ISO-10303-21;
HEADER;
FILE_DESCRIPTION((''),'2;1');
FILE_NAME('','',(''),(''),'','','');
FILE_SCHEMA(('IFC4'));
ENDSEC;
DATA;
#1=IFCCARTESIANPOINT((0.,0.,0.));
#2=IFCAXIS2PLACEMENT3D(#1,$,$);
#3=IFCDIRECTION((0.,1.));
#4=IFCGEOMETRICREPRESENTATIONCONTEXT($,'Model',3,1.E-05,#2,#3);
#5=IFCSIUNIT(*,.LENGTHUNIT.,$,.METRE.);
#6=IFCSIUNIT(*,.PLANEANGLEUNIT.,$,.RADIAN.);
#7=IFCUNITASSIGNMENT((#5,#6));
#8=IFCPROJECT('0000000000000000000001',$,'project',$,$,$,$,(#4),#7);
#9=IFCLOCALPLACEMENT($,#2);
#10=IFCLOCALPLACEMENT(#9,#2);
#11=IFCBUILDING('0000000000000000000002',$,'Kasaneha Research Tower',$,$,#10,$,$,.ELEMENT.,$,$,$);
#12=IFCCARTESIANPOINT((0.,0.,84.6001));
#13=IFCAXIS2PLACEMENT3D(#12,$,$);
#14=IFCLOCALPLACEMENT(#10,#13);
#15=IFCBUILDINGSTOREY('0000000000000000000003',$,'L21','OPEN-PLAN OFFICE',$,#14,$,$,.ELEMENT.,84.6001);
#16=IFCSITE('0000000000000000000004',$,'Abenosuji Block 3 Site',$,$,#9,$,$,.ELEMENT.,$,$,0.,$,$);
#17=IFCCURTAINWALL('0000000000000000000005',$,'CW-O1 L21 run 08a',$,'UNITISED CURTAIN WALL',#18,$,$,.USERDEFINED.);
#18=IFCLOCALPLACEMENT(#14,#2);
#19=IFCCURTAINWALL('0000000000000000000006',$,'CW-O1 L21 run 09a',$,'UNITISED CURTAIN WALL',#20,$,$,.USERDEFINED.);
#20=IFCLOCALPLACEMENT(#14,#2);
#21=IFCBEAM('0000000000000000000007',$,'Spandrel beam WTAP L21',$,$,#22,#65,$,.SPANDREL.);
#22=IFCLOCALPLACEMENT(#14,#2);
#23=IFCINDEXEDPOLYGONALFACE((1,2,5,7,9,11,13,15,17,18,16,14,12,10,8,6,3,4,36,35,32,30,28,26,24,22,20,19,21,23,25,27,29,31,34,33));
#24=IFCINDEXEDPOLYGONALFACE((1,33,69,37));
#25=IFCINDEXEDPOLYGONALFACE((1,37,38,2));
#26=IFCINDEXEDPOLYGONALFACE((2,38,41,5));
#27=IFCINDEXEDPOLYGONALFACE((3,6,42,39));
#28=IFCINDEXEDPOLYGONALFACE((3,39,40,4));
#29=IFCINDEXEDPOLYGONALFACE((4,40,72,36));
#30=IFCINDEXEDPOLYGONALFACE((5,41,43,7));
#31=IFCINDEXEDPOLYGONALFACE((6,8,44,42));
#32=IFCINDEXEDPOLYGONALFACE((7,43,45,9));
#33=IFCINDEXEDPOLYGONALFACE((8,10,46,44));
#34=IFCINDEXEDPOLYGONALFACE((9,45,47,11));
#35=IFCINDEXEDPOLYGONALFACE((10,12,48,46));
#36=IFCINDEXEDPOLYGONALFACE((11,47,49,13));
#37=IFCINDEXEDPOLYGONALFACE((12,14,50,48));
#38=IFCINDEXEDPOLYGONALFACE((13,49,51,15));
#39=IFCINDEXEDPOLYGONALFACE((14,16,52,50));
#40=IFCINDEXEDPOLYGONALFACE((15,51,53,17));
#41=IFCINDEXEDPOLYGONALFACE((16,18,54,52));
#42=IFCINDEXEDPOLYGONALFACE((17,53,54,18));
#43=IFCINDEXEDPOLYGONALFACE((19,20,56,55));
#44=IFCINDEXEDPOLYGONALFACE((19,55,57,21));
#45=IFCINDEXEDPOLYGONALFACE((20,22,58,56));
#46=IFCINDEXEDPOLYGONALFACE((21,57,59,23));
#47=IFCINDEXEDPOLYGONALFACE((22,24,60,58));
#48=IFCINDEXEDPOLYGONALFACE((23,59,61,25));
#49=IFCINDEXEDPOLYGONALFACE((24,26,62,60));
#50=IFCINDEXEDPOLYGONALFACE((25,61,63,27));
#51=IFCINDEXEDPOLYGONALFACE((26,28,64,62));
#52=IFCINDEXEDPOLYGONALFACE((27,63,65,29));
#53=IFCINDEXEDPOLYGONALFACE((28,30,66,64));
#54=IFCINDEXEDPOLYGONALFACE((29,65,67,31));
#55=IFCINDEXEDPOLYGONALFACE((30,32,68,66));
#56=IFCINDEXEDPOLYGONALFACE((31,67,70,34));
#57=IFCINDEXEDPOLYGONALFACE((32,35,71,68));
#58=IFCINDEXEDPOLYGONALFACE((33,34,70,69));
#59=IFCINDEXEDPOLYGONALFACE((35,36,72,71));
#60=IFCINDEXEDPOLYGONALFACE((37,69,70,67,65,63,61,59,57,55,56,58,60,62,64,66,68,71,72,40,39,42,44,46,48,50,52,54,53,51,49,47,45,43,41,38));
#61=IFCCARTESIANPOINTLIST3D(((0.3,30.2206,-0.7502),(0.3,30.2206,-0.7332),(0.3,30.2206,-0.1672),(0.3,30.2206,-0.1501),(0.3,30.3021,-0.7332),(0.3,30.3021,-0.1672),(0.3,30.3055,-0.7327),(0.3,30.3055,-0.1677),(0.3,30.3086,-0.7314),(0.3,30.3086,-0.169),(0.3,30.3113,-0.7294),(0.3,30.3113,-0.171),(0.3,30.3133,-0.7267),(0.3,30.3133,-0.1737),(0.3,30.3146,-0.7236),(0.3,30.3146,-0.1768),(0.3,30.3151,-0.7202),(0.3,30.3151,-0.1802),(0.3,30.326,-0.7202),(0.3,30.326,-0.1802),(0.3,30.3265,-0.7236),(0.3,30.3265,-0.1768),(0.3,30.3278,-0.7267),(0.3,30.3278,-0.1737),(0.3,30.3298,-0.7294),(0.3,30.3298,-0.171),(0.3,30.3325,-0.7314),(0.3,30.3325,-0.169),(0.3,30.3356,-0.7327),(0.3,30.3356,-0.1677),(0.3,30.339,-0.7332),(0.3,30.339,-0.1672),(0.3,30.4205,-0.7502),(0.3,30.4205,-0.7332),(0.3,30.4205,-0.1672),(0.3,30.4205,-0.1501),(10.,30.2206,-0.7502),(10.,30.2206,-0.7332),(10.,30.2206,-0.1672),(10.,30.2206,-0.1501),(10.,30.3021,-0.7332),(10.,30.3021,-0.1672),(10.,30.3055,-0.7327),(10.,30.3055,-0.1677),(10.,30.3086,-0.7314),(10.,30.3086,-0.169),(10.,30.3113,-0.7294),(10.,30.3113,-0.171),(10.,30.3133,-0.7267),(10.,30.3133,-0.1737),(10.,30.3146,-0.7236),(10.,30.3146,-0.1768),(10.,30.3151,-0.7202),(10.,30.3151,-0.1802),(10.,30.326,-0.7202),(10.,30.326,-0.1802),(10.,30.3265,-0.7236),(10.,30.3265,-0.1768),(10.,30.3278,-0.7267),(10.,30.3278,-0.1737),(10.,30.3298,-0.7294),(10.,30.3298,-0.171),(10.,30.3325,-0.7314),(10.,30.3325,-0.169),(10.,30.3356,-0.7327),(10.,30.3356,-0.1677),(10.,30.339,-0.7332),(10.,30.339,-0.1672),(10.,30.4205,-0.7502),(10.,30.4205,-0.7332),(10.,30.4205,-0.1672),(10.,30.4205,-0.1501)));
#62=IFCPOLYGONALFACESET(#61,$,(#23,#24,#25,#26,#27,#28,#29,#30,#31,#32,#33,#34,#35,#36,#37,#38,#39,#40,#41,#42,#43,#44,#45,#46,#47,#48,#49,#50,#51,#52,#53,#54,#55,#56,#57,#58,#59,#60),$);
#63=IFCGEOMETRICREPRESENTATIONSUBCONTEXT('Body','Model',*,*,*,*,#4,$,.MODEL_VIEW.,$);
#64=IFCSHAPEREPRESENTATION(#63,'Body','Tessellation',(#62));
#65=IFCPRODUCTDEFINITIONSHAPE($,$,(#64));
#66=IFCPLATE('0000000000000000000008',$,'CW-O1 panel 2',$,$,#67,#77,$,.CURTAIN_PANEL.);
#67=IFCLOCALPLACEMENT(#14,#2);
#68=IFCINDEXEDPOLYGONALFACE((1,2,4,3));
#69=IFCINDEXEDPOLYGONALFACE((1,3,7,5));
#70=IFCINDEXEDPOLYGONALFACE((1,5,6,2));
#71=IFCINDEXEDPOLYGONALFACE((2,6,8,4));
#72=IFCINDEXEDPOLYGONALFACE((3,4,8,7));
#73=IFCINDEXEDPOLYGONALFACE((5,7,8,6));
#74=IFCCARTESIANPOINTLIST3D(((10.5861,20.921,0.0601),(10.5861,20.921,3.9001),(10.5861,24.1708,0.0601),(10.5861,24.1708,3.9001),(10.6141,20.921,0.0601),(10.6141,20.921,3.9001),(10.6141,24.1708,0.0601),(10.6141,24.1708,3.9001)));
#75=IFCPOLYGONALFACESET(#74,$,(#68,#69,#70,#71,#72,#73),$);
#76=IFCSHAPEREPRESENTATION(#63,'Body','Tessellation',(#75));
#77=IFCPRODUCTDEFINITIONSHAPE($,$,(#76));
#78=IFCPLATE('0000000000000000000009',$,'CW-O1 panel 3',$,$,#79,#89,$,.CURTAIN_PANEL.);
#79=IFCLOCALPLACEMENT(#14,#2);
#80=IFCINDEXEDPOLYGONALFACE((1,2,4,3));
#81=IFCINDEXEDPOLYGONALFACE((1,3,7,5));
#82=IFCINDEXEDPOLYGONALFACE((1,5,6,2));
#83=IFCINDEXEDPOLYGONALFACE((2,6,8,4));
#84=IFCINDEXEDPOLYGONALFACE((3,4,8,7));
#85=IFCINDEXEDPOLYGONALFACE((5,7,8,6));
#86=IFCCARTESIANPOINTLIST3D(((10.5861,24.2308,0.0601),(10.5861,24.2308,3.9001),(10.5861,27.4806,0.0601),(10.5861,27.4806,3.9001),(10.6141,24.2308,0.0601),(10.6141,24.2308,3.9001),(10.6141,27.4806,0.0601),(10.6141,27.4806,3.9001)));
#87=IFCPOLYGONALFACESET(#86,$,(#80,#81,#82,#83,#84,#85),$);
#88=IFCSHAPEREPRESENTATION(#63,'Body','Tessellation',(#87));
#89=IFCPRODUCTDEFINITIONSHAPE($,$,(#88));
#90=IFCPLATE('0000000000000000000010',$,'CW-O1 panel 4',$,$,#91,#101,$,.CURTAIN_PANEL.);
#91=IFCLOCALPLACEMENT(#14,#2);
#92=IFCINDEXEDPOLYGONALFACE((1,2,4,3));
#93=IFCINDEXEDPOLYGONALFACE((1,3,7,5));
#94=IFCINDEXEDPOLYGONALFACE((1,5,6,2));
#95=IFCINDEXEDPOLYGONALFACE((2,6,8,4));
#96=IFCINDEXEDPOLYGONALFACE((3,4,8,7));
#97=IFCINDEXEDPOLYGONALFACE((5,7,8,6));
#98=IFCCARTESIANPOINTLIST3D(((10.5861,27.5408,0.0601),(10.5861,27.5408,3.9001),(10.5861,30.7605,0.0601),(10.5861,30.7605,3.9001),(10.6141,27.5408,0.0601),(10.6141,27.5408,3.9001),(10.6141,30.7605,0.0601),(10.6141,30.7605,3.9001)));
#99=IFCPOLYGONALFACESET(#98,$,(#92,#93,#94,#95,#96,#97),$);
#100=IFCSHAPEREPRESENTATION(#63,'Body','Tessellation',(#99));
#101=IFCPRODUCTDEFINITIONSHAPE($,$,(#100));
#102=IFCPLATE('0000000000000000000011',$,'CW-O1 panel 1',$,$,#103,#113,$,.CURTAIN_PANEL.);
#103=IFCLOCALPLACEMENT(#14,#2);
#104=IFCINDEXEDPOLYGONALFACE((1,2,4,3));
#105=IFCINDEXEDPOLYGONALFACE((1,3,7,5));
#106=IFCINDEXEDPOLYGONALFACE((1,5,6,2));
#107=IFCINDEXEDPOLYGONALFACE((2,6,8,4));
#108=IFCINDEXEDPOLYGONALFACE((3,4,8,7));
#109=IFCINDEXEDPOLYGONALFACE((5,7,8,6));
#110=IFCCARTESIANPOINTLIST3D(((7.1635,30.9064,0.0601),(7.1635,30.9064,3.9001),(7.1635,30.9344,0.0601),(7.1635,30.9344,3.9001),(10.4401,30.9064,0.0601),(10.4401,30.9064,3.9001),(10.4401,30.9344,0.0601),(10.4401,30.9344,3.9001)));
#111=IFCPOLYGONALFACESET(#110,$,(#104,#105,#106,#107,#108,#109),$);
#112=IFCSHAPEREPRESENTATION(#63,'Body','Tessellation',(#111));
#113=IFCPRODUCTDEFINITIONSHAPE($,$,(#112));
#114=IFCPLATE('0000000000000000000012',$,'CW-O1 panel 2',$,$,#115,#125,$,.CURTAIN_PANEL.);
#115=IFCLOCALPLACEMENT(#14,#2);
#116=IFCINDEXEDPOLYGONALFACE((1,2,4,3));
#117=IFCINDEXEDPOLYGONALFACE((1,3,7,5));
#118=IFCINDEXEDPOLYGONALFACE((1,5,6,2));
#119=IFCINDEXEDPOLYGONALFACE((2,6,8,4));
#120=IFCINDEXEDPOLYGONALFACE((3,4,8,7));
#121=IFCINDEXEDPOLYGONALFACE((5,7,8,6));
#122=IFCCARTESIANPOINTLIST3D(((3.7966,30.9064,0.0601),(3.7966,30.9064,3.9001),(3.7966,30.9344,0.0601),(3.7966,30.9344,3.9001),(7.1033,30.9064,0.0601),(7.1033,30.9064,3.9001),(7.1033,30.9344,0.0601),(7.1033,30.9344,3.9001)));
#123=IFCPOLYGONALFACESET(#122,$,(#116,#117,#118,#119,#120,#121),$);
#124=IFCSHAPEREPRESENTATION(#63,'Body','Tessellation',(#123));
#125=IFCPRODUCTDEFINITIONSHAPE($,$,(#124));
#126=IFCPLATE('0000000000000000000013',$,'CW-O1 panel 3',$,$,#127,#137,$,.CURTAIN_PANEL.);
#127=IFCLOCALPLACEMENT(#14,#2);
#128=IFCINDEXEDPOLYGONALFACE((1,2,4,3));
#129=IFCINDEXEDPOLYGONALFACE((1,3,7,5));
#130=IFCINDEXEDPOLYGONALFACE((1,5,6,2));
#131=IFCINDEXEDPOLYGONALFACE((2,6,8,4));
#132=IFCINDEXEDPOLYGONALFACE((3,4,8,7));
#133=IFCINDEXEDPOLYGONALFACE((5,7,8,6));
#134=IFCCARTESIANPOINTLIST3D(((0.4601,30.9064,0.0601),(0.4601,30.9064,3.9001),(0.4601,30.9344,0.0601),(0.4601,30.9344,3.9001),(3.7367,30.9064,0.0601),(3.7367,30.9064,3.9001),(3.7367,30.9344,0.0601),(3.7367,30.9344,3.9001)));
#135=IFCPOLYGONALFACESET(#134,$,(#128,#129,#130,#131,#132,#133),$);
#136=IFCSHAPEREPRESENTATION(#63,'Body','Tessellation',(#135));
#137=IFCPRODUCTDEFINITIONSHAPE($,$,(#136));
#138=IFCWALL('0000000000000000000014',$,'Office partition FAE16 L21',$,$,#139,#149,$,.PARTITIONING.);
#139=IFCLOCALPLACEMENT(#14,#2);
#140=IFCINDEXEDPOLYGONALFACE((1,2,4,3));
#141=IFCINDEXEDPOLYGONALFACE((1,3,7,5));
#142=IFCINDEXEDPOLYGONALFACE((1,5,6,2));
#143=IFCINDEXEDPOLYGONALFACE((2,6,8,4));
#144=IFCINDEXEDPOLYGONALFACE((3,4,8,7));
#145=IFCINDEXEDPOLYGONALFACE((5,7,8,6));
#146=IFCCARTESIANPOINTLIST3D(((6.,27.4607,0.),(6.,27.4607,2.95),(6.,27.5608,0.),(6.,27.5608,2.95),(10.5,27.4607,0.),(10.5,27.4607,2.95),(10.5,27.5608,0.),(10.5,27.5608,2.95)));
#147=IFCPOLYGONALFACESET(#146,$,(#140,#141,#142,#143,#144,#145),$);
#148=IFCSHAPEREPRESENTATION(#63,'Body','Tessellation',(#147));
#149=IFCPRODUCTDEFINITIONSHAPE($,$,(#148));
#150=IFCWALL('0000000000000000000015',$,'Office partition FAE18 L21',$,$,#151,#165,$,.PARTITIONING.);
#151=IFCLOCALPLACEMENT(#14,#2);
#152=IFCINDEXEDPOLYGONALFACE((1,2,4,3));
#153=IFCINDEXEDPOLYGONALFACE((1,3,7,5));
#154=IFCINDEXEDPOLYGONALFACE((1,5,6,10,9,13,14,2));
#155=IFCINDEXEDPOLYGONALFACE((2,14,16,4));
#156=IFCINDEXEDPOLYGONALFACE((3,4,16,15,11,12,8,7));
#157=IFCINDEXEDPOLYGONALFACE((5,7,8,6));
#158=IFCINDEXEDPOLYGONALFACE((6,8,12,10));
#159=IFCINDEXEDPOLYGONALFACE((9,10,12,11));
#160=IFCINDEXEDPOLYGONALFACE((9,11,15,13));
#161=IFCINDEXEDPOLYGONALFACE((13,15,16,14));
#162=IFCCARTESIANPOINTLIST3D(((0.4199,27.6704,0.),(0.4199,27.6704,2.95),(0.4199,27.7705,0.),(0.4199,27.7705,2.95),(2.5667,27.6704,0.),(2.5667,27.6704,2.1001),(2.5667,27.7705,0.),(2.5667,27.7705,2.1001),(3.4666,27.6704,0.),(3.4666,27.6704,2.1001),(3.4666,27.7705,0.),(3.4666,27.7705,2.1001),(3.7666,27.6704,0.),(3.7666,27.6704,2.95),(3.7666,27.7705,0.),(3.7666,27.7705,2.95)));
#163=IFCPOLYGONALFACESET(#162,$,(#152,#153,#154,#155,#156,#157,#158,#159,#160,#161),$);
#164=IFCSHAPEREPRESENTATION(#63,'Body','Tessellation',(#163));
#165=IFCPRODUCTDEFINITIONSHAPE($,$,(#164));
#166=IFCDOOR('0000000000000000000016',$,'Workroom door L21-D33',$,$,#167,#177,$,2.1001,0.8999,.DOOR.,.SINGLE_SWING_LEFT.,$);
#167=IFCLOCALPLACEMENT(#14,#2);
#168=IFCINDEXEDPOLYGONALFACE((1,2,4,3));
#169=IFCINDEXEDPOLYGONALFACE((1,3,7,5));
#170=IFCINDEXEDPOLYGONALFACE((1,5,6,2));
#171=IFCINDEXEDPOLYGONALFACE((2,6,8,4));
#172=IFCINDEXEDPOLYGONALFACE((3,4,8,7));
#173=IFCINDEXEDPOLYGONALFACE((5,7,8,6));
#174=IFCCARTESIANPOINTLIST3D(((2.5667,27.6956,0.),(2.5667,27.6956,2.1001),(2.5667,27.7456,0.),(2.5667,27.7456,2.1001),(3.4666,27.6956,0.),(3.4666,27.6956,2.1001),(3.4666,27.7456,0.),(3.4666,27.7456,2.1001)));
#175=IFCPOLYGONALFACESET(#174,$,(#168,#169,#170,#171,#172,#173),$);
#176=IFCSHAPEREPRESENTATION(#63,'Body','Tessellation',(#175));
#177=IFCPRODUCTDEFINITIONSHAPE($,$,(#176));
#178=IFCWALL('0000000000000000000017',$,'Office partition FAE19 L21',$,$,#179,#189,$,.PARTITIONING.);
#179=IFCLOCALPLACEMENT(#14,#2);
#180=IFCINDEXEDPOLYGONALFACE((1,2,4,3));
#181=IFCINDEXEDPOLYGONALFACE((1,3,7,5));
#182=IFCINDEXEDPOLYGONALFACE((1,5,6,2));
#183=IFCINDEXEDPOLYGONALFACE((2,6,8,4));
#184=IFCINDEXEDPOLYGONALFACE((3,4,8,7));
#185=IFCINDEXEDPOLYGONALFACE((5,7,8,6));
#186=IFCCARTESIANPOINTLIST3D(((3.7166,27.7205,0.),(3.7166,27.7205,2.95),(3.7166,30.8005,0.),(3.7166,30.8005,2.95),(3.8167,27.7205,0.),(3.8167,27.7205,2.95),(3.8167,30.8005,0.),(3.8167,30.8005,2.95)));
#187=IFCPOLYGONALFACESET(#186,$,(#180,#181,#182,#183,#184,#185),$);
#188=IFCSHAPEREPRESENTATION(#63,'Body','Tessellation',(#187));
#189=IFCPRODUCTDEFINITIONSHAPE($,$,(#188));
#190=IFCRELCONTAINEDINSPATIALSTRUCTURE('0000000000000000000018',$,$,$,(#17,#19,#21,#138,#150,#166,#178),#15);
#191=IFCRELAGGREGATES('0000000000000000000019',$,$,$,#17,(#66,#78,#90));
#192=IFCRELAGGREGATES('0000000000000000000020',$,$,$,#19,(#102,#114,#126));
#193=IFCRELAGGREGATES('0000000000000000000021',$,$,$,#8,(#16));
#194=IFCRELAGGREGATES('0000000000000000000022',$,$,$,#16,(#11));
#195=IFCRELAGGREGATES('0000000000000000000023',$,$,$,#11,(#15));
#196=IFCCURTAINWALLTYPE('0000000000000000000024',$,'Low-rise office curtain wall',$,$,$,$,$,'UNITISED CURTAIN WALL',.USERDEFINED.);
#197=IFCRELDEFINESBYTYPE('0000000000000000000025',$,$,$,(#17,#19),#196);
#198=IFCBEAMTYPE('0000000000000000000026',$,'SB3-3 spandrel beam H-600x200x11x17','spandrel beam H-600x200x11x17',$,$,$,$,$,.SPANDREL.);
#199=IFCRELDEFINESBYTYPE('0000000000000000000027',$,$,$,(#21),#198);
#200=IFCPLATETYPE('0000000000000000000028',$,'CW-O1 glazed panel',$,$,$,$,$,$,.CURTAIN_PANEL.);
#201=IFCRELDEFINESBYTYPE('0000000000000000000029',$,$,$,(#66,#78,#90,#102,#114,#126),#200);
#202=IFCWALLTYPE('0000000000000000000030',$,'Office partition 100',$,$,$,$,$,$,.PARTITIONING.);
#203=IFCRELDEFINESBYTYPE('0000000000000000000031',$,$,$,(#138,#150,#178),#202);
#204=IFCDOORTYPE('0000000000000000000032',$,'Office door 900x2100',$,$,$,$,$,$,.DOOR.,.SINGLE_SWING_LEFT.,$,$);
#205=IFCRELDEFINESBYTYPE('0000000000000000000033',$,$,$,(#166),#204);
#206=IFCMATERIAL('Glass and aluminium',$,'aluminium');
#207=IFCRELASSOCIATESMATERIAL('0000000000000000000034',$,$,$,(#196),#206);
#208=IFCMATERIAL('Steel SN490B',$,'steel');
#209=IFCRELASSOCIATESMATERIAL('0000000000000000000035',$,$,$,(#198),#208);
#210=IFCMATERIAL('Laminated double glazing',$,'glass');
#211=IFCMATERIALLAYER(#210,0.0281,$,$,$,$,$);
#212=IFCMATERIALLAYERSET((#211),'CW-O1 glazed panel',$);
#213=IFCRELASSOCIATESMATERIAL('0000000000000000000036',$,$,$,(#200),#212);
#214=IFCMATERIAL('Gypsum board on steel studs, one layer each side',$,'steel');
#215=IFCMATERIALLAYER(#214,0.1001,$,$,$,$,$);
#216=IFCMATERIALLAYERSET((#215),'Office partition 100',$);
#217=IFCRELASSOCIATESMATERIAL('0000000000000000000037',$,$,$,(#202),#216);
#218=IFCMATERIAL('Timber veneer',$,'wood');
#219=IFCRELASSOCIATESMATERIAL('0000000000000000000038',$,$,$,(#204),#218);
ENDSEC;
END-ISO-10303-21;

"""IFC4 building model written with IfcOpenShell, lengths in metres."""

from ifc_helpers import new_model, si_unit, direction, frame, frame_2d, origin, origin_2d, place, context, subcontext, project, spatial, rectangle, i_section, extrude, material, layer, layer_set, material_profile, profile_set, type_object, element, fill, aggregate, save


model = new_model("IFC4")

# Units and contexts
model_context = context("Model", 3, precision=1e-05, world=origin(), true_north=direction((0.0, 1.0)))
body_context = subcontext(model_context, "Body", "Model", "MODEL_VIEW")
ifc_project = project(units=[si_unit("LENGTHUNIT", "METRE"), si_unit("PLANEANGLEUNIT", "RADIAN")], contexts=[model_context])

# Site, building, storey
site_placement = place(None, origin())
site = spatial("IfcSite", under=ifc_project, at=site_placement, Name="Abenosuji Block 3 Site", CompositionType="ELEMENT", RefElevation=0.0)
building_placement = place(site_placement, origin())
building = spatial("IfcBuilding", under=site, at=building_placement, Name="Kasaneha Research Tower", CompositionType="ELEMENT")
storey_placement = place(building_placement, frame((0.0, 0.0, 84.6001)))
storey = spatial("IfcBuildingStorey", under=building, at=storey_placement, Name="L21", Description="OPEN-PLAN OFFICE", CompositionType="ELEMENT", Elevation=84.6001)

# Curtain walls
ifc_material_1 = material(Name="Glass and aluminium", Category="aluminium")
curtain_wall_type = type_object("IfcCurtainWallType", Name="Low-rise office curtain wall", ElementType="UNITISED CURTAIN WALL", PredefinedType="USERDEFINED", material=ifc_material_1)
curtain_wall_1_placement = place(storey_placement, origin())
curtain_wall_1 = element("IfcCurtainWall", 1, at=curtain_wall_1_placement, inside=storey, type_object=curtain_wall_type, Name="CW-O1 L21 run 08a", ObjectType="UNITISED CURTAIN WALL", PredefinedType="USERDEFINED")
curtain_wall_2_placement = place(storey_placement, origin())
curtain_wall_2 = element("IfcCurtainWall", 2, at=curtain_wall_2_placement, inside=storey, type_object=curtain_wall_type, Name="CW-O1 L21 run 09a", ObjectType="UNITISED CURTAIN WALL", PredefinedType="USERDEFINED")

# Beam
ifc_material_2 = material(Name="Steel SN490B", Category="steel")
ifc_material_profile_1 = material_profile(ifc_material_2, i_section(OverallWidth=0.2, OverallDepth=0.6001, WebThickness=0.011, FlangeThickness=0.0171, FilletRadius=0.0129, at=origin_2d()), Name="H-600x200x11x17")
ifc_profile_set_1 = profile_set([ifc_material_profile_1], Name="Steel SN490B")
beam_type_1 = type_object("IfcBeamType", Name="SB3-3 spandrel beam H-600x200x11x17", Description="spandrel beam H-600x200x11x17", PredefinedType="SPANDREL", material=ifc_profile_set_1)
beam_1_placement = place(storey_placement, frame((10.0, 30.3206, -0.4502), z_axis=(-1.0, 0.0, 0.0), x_axis=(0.0, -1.0, 0.0)))
element("IfcBeam", 3, at=beam_1_placement, inside=storey, type_object=beam_type_1, Name="Spandrel beam WTAP L21", PredefinedType="SPANDREL", context=body_context, shape_type="SweptSolid", body=[
    extrude(i_section(OverallWidth=0.2, OverallDepth=0.6001, WebThickness=0.011, FlangeThickness=0.0171, FilletRadius=0.0129, at=origin_2d()), origin(), (0.0, 0.0, 1.0), 9.7),
])

# Plates
ifc_material_3 = material(Name="Laminated double glazing", Category="glass")
ifc_layer_1 = layer(ifc_material_3, 0.0281)
ifc_layer_set_1 = layer_set([ifc_layer_1], Name="CW-O1 glazed panel")
plate_type = type_object("IfcPlateType", Name="CW-O1 glazed panel", PredefinedType="CURTAIN_PANEL", material=ifc_layer_set_1)
plate_1_placement = place(storey_placement, frame((10.6001, 22.5459, 0.0601), z_axis=(0.0, 0.0, 1.0), x_axis=(0.0, 1.0, 0.0)))
plate_1 = element("IfcPlate", 4, at=plate_1_placement, type_object=plate_type, Name="CW-O1 panel 2", PredefinedType="CURTAIN_PANEL", context=body_context, shape_type="SweptSolid", body=[
    extrude(rectangle(XDim=3.2498, YDim=0.0281, at=origin_2d()), origin(), (0.0, 0.0, 1.0), 3.8401),
])
plate_2_placement = place(storey_placement, frame((10.6001, 25.8557, 0.0601), z_axis=(0.0, 0.0, 1.0), x_axis=(0.0, 1.0, 0.0)))
plate_2 = element("IfcPlate", 5, at=plate_2_placement, type_object=plate_type, Name="CW-O1 panel 3", PredefinedType="CURTAIN_PANEL", context=body_context, shape_type="SweptSolid", body=[
    extrude(rectangle(XDim=3.2498, YDim=0.0281, at=origin_2d()), origin(), (0.0, 0.0, 1.0), 3.8401),
])
plate_3_placement = place(storey_placement, frame((10.6001, 29.1506, 0.0601), z_axis=(0.0, 0.0, 1.0), x_axis=(0.0, 1.0, 0.0)))
plate_3 = element("IfcPlate", 6, at=plate_3_placement, type_object=plate_type, Name="CW-O1 panel 4", PredefinedType="CURTAIN_PANEL", context=body_context, shape_type="SweptSolid", body=[
    extrude(rectangle(XDim=3.2197, YDim=0.0281, at=origin_2d()), origin(), (0.0, 0.0, 1.0), 3.8401),
])
aggregate(curtain_wall_1, [plate_1, plate_2, plate_3])
plate_4_placement = place(storey_placement, frame((8.8018, 30.9204, 0.0601), z_axis=(0.0, 0.0, 1.0), x_axis=(-1.0, 0.0, 0.0)))
plate_4 = element("IfcPlate", 7, at=plate_4_placement, type_object=plate_type, Name="CW-O1 panel 1", PredefinedType="CURTAIN_PANEL", context=body_context, shape_type="SweptSolid", body=[
    extrude(rectangle(XDim=3.2766, YDim=0.0281, at=origin_2d()), origin(), (0.0, 0.0, 1.0), 3.8401),
])
plate_5_placement = place(storey_placement, frame((5.45, 30.9204, 0.0601), z_axis=(0.0, 0.0, 1.0), x_axis=(-1.0, 0.0, 0.0)))
plate_5 = element("IfcPlate", 8, at=plate_5_placement, type_object=plate_type, Name="CW-O1 panel 2", PredefinedType="CURTAIN_PANEL", context=body_context, shape_type="SweptSolid", body=[
    extrude(rectangle(XDim=3.3066, YDim=0.0281, at=origin_2d()), origin(), (0.0, 0.0, 1.0), 3.8401),
])
plate_6_placement = place(storey_placement, frame((2.0984, 30.9204, 0.0601), z_axis=(0.0, 0.0, 1.0), x_axis=(-1.0, 0.0, 0.0)))
plate_6 = element("IfcPlate", 9, at=plate_6_placement, type_object=plate_type, Name="CW-O1 panel 3", PredefinedType="CURTAIN_PANEL", context=body_context, shape_type="SweptSolid", body=[
    extrude(rectangle(XDim=3.2766, YDim=0.0281, at=origin_2d()), origin(), (0.0, 0.0, 1.0), 3.8401),
])
aggregate(curtain_wall_2, [plate_4, plate_5, plate_6])

# Wall
ifc_material_4 = material(Name="Gypsum board on steel studs, one layer each side", Category="steel")
ifc_layer_2 = layer(ifc_material_4, 0.1001)
ifc_layer_set_2 = layer_set([ifc_layer_2], Name="Office partition 100")
wall_type = type_object("IfcWallType", Name="Office partition 100", PredefinedType="PARTITIONING", material=ifc_layer_set_2)
wall_1_placement = place(storey_placement, frame((6.0, 27.5107, 0.0), z_axis=(0.0, 0.0, 1.0), x_axis=(1.0, 0.0, 0.0)))
element("IfcWall", 10, at=wall_1_placement, inside=storey, type_object=wall_type, Name="Office partition FAE16 L21", PredefinedType="PARTITIONING", context=body_context, shape_type="SweptSolid", body=[
    extrude(rectangle(XDim=4.5, YDim=0.1001, at=frame_2d((2.25, 0.0))), origin(), (0.0, 0.0, 1.0), 2.95),
])

# Wall, opening, door
wall_2_placement = place(storey_placement, frame((3.7666, 27.7205, 0.0), z_axis=(0.0, 0.0, 1.0), x_axis=(-1.0, 0.0, 0.0)))
wall_2 = element("IfcWall", 11, at=wall_2_placement, inside=storey, type_object=wall_type, Name="Office partition FAE18 L21", PredefinedType="PARTITIONING", context=body_context, shape_type="SweptSolid", body=[
    extrude(rectangle(XDim=3.3467, YDim=0.1001, at=frame_2d((1.6733, 0.0))), origin(), (0.0, 0.0, 1.0), 2.95),
])
opening_placement = place(wall_2_placement, frame((0.3, 0.0, 0.0)))
opening = element("IfcOpeningElement", 12, at=opening_placement, cuts=wall_2, PredefinedType="OPENING", context=body_context, shape_type="SweptSolid", body=[
    extrude(rectangle(XDim=0.8999, YDim=2.1001, at=frame_2d((0.45, 1.05))), frame((0.0, 0.0601, 0.0), z_axis=(0.0, -1.0, 0.0), x_axis=(1.0, 0.0, 0.0)), (0.0, 0.0, 1.0), 0.1201),
])
ifc_material_5 = material(Name="Timber veneer", Category="wood")
door_type = type_object("IfcDoorType", Name="Office door 900x2100", OperationType="SINGLE_SWING_LEFT", PredefinedType="DOOR", material=ifc_material_5)
door_placement = place(opening_placement, origin())
door = element("IfcDoor", 13, at=door_placement, inside=storey, type_object=door_type, Name="Workroom door L21-D33", OperationType="SINGLE_SWING_LEFT", OverallHeight=2.1001, OverallWidth=0.8999, PredefinedType="DOOR", context=body_context, shape_type="SweptSolid", body=[
    extrude(rectangle(XDim=0.8999, YDim=2.1001, at=frame_2d((0.45, 1.05))), frame((0.0, 0.0249, 0.0), z_axis=(0.0, -1.0, 0.0), x_axis=(1.0, 0.0, 0.0)), (0.0, 0.0, 1.0), 0.05),
])
fill(opening, door)

# Wall
wall_3_placement = place(storey_placement, frame((3.7666, 30.8005, 0.0), z_axis=(0.0, 0.0, 1.0), x_axis=(0.0, -1.0, 0.0)))
element("IfcWall", 14, at=wall_3_placement, inside=storey, type_object=wall_type, Name="Office partition FAE19 L21", PredefinedType="PARTITIONING", context=body_context, shape_type="SweptSolid", body=[
    extrude(rectangle(XDim=3.0801, YDim=0.1001, at=frame_2d((1.54, 0.0))), origin(), (0.0, 0.0, 1.0), 2.95),
])

save(model, "model.ifc")
